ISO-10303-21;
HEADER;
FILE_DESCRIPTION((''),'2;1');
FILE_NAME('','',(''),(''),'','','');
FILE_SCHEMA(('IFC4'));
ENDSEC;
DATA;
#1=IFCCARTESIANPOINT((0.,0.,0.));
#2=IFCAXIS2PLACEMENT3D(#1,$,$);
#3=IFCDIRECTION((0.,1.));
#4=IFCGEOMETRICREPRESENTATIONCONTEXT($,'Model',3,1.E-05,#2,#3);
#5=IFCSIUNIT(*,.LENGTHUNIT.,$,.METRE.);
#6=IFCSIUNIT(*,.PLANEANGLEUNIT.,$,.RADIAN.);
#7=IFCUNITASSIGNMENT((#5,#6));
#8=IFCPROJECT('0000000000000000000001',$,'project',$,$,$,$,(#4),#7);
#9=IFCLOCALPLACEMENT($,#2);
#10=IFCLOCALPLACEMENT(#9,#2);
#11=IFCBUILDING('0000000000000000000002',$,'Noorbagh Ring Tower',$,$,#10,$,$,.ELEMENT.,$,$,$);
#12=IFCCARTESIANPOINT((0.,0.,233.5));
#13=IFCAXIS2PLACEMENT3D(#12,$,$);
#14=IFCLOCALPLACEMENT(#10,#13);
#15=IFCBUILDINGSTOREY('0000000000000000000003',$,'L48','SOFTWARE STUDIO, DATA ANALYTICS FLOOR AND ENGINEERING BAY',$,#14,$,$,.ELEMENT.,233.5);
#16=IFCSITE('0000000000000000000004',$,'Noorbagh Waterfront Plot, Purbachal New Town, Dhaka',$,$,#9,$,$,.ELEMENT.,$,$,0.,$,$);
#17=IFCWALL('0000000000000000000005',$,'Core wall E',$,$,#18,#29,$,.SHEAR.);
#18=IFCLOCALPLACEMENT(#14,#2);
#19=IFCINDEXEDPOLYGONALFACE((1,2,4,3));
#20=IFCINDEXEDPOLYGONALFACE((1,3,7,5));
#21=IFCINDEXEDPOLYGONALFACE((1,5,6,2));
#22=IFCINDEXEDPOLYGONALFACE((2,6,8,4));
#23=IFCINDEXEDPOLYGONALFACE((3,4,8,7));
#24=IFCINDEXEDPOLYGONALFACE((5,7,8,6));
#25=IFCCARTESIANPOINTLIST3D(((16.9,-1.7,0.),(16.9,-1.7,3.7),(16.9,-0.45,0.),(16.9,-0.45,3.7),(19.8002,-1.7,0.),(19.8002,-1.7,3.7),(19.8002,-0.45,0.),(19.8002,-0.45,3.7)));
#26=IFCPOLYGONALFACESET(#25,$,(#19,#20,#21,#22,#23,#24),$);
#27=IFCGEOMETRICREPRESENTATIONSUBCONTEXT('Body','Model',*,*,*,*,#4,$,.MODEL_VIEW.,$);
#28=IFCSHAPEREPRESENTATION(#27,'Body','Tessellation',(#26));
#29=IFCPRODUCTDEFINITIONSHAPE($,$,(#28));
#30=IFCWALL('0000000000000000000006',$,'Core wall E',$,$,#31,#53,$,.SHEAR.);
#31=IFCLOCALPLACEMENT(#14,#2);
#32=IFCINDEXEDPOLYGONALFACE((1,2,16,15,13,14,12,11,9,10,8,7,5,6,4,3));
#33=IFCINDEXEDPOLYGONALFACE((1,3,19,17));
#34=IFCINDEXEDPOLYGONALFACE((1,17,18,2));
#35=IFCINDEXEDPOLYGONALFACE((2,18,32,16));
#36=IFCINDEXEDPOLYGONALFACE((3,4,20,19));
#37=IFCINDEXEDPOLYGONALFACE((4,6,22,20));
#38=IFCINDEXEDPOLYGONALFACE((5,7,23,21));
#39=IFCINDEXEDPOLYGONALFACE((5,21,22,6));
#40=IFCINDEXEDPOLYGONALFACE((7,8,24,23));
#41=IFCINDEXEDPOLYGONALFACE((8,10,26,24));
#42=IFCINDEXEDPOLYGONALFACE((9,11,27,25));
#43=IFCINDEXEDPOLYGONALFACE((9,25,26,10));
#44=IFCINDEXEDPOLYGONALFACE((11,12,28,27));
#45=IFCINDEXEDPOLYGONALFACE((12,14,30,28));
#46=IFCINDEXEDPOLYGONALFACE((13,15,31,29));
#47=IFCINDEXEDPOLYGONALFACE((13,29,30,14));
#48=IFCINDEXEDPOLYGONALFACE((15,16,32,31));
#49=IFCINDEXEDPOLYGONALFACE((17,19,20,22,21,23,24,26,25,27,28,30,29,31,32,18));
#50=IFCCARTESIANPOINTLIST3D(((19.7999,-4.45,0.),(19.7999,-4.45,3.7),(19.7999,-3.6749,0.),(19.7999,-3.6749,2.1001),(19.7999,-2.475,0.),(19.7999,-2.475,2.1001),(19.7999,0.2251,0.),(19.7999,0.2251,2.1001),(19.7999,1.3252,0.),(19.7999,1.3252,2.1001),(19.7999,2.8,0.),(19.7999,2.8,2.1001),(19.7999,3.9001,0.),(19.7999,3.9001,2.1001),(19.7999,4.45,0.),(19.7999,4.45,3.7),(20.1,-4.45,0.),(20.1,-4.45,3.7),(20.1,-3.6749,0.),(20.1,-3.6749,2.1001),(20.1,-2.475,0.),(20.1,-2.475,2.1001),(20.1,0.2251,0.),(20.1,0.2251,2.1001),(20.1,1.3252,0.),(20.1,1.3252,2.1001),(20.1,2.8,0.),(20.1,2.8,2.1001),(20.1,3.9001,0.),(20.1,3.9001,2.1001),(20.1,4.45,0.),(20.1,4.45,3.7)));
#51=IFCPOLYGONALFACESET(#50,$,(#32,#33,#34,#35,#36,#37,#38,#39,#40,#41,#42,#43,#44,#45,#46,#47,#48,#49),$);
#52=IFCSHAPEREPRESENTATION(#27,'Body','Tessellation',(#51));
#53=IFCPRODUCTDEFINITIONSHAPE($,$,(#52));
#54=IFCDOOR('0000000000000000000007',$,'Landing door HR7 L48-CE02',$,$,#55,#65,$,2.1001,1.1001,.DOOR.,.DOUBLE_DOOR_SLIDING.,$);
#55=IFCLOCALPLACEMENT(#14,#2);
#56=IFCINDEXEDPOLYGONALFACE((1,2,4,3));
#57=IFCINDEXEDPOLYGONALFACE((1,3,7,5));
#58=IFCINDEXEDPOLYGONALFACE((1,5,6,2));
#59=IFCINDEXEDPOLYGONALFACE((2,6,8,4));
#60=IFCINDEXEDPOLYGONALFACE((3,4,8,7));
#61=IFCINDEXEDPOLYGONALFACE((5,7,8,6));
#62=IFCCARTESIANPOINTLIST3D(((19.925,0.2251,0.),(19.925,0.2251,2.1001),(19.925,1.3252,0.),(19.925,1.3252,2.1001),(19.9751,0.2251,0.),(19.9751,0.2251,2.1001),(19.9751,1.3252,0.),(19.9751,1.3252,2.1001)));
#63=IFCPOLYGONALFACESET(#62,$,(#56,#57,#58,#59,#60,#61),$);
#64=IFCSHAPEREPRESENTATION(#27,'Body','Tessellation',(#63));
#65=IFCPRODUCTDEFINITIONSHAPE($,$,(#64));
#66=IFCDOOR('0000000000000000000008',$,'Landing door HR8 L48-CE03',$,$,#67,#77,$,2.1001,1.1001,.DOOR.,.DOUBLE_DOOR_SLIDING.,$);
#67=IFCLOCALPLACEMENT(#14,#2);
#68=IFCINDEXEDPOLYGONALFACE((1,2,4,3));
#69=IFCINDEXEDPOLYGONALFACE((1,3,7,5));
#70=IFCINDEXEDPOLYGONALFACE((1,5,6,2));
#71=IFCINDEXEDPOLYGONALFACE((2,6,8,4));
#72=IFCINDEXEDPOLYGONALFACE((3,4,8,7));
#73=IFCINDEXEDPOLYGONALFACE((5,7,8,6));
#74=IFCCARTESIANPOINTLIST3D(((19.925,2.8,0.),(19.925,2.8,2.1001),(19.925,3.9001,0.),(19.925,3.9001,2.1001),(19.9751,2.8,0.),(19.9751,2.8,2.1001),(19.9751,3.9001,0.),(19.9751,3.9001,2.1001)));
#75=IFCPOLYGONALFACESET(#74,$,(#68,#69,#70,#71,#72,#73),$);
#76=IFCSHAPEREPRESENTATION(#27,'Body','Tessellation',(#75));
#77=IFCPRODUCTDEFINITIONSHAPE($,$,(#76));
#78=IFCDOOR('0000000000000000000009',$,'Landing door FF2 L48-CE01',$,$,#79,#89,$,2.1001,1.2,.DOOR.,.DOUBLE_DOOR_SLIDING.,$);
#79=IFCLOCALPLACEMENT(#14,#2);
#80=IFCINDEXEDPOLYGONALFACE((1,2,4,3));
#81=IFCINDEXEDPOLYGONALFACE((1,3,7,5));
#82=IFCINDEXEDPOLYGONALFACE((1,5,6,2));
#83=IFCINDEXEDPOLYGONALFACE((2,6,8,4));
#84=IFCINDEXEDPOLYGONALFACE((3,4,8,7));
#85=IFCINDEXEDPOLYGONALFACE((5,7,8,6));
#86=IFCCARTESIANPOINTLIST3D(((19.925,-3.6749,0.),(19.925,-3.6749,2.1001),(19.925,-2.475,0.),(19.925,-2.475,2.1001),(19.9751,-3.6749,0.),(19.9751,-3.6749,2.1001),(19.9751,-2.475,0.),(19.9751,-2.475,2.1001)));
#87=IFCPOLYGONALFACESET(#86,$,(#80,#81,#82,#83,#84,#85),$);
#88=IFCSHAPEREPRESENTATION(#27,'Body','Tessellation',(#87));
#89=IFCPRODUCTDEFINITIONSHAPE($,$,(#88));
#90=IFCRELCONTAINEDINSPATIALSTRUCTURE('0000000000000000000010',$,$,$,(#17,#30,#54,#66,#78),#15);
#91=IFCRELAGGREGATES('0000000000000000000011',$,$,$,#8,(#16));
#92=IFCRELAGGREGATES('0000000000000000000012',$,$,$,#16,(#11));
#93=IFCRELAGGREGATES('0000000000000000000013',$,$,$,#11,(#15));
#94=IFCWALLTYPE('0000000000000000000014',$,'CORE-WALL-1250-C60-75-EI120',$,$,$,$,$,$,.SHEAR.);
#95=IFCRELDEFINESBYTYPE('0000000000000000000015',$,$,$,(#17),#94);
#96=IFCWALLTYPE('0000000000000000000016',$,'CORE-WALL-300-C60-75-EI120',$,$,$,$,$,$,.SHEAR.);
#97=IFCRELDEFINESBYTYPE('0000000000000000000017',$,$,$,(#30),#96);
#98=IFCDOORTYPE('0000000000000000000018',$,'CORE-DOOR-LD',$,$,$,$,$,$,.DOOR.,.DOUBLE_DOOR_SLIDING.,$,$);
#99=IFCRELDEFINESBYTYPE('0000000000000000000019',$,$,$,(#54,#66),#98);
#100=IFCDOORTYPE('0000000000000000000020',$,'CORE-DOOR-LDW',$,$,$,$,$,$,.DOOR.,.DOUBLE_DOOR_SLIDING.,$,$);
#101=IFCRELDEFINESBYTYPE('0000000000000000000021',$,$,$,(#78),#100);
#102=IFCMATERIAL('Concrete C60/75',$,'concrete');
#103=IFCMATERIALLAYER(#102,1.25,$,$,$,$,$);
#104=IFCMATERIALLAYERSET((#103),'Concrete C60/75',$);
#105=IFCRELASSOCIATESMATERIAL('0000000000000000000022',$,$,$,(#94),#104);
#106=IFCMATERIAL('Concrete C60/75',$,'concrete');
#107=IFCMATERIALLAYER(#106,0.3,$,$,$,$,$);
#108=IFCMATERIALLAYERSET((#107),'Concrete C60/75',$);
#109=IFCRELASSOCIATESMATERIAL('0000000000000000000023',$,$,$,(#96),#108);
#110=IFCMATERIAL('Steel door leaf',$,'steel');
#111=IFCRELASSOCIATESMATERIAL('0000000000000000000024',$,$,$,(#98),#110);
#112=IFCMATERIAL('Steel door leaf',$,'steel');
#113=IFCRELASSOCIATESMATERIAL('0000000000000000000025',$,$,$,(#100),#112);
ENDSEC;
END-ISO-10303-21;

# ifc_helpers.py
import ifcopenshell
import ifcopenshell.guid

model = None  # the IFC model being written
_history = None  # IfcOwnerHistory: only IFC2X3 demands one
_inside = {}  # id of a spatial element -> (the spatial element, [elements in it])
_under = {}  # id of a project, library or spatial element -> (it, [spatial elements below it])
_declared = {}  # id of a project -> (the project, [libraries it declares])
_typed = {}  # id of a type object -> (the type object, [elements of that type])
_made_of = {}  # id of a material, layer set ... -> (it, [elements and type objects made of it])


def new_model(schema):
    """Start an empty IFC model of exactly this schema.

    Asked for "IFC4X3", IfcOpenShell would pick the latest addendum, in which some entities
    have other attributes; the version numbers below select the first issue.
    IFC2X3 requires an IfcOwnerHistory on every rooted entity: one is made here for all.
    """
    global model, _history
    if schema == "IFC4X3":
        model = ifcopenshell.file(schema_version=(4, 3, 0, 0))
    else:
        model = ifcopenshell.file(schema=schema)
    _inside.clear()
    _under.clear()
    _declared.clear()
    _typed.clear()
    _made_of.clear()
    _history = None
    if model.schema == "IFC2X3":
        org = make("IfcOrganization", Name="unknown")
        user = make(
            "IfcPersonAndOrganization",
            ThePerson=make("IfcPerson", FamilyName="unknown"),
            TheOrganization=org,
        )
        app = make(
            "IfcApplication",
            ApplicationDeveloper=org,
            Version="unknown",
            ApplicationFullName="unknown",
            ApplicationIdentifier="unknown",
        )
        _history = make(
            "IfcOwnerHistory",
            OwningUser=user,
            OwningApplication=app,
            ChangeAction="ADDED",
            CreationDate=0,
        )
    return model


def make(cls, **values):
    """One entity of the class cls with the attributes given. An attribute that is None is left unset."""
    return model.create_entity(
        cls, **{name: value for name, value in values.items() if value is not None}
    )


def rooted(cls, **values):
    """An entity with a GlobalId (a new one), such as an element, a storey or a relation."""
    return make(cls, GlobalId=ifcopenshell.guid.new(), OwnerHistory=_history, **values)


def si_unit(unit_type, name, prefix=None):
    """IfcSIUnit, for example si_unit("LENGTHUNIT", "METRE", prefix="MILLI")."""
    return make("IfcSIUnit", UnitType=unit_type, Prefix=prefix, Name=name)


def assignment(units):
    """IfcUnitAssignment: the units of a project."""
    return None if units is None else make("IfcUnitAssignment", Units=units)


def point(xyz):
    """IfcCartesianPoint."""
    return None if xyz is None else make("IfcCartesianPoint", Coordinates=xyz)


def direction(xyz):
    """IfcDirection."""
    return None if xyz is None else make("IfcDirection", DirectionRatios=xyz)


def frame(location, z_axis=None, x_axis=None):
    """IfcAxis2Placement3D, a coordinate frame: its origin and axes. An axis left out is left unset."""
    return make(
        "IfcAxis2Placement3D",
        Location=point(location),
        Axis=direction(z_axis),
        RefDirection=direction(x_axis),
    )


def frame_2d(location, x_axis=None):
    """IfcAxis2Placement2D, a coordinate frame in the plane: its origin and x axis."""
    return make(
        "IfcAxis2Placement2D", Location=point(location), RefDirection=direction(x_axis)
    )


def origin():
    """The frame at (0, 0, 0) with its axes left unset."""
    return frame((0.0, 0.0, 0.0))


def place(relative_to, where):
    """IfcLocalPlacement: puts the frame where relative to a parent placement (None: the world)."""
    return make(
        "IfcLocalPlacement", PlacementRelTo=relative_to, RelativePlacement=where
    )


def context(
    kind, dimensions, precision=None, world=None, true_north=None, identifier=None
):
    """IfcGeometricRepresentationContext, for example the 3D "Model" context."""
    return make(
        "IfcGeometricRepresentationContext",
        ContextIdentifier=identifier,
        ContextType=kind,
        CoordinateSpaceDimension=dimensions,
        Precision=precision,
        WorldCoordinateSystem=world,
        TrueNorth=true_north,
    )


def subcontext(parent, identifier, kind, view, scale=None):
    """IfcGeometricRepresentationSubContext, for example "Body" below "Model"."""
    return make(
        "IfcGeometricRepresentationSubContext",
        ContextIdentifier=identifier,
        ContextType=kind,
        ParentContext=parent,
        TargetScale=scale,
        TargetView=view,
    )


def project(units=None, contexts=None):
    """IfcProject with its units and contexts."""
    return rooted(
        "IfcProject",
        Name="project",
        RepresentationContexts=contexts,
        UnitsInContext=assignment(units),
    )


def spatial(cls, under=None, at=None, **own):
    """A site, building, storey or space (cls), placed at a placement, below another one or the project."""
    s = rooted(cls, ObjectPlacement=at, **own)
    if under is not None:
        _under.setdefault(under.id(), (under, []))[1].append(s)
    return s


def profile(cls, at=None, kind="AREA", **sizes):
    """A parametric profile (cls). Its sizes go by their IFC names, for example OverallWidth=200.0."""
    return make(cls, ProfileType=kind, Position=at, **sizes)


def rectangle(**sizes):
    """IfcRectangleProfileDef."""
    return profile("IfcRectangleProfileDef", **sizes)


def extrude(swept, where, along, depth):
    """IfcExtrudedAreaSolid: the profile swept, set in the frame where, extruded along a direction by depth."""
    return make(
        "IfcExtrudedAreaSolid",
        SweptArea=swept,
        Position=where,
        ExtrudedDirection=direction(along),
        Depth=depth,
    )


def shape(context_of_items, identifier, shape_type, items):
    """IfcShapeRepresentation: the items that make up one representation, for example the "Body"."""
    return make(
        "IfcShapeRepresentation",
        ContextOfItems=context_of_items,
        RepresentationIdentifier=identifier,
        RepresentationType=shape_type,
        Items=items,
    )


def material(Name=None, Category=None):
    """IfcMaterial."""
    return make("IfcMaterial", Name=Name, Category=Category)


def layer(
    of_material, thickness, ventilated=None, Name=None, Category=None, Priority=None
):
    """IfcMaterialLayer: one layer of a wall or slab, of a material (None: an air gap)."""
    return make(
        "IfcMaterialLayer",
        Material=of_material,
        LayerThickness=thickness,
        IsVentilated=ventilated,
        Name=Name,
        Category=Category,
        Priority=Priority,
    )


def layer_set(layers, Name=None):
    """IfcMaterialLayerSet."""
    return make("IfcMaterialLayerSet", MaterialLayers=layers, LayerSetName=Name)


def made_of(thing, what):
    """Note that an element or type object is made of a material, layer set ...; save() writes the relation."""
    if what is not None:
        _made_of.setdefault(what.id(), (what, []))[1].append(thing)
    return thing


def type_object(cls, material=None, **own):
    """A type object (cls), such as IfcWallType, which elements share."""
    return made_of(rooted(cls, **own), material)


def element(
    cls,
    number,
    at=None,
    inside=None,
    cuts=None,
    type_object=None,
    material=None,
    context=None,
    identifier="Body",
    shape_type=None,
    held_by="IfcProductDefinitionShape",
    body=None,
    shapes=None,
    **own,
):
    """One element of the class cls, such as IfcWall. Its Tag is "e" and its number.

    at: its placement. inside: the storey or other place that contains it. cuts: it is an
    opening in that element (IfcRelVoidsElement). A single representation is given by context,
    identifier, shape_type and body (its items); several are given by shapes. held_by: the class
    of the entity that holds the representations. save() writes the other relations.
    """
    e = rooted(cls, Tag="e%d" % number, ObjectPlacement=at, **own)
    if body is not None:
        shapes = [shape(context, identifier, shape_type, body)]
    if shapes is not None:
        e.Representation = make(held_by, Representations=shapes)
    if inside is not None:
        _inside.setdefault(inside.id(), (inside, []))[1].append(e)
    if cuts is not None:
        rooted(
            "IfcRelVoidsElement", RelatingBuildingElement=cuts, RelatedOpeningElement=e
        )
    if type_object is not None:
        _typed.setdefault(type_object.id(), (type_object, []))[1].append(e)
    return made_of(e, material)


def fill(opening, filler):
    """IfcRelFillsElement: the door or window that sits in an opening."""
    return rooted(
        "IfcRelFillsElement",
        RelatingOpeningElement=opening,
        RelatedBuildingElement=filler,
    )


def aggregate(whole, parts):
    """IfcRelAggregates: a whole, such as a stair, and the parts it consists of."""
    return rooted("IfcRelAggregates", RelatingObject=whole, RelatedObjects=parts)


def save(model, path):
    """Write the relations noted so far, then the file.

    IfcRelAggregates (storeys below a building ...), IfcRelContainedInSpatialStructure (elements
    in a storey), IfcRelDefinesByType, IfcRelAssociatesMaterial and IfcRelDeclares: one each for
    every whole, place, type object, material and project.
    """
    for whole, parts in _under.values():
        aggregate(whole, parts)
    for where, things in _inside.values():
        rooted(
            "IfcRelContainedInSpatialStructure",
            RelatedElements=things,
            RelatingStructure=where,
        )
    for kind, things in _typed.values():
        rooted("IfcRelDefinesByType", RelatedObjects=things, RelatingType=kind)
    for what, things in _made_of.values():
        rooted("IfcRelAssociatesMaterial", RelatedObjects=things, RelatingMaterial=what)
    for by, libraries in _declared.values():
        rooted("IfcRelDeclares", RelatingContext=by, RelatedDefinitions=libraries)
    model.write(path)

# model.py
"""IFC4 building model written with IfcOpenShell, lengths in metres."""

from ifc_helpers import new_model, si_unit, direction, frame, frame_2d, origin, place, context, subcontext, project, spatial, rectangle, extrude, material, layer, layer_set, type_object, element, fill, save


model = new_model("IFC4")

# Units and contexts
model_context = context("Model", 3, precision=1e-05, world=origin(), true_north=direction((0.0, 1.0)))
body_context = subcontext(model_context, "Body", "Model", "MODEL_VIEW")
ifc_project = project(units=[si_unit("LENGTHUNIT", "METRE"), si_unit("PLANEANGLEUNIT", "RADIAN")], contexts=[model_context])

# Site, building, storey
site_placement = place(None, origin())
site = spatial("IfcSite", under=ifc_project, at=site_placement, Name="Noorbagh Waterfront Plot, Purbachal New Town, Dhaka", CompositionType="ELEMENT", RefElevation=0.0)
building_placement = place(site_placement, origin())
building = spatial("IfcBuilding", under=site, at=building_placement, Name="Noorbagh Ring Tower", CompositionType="ELEMENT")
storey_placement = place(building_placement, frame((0.0, 0.0, 233.5)))
storey = spatial("IfcBuildingStorey", under=building, at=storey_placement, Name="L48", Description="SOFTWARE STUDIO, DATA ANALYTICS FLOOR AND ENGINEERING BAY", CompositionType="ELEMENT", Elevation=233.5)

# Wall
ifc_material_1 = material(Name="Concrete C60/75", Category="concrete")
ifc_layer_1 = layer(ifc_material_1, 1.25)
ifc_layer_set_1 = layer_set([ifc_layer_1], Name="Concrete C60/75")
wall_type_1 = type_object("IfcWallType", Name="CORE-WALL-1250-C60-75-EI120", PredefinedType="SHEAR", material=ifc_layer_set_1)
wall_1_placement = place(storey_placement, frame((16.8999, -1.075, 0.0), z_axis=(0.0, 0.0, 1.0), x_axis=(1.0, 0.0, 0.0)))
element("IfcWall", 1, at=wall_1_placement, inside=storey, type_object=wall_type_1, Name="Core wall E", PredefinedType="SHEAR", context=body_context, shape_type="SweptSolid", body=[
    extrude(rectangle(XDim=2.9001, YDim=1.25, at=frame_2d((1.4502, 0.0))), origin(), (0.0, 0.0, 1.0), 3.7),
])

# Wall, openings, doors
ifc_material_2 = material(Name="Concrete C60/75", Category="concrete")
ifc_layer_2 = layer(ifc_material_2, 0.3)
ifc_layer_set_2 = layer_set([ifc_layer_2], Name="Concrete C60/75")
wall_type_2 = type_object("IfcWallType", Name="CORE-WALL-300-C60-75-EI120", PredefinedType="SHEAR", material=ifc_layer_set_2)
wall_2_placement = place(storey_placement, frame((19.95, -4.45, 0.0), z_axis=(0.0, 0.0, 1.0), x_axis=(0.0, 1.0, 0.0)))
wall_2 = element("IfcWall", 2, at=wall_2_placement, inside=storey, type_object=wall_type_2, Name="Core wall E", PredefinedType="SHEAR", context=body_context, shape_type="SweptSolid", body=[
    extrude(rectangle(XDim=8.8999, YDim=0.3, at=frame_2d((4.45, 0.0))), origin(), (0.0, 0.0, 1.0), 3.7),
])
opening_1_placement = place(wall_2_placement, frame((0.7749, 0.0, 0.0)))
opening_1 = element("IfcOpeningElement", 3, at=opening_1_placement, cuts=wall_2, PredefinedType="OPENING", context=body_context, shape_type="SweptSolid", body=[
    extrude(rectangle(XDim=1.2, YDim=2.1001, at=frame_2d((0.6001, 1.05))), frame((0.0, 0.1602, 0.0), z_axis=(0.0, -1.0, 0.0), x_axis=(1.0, 0.0, 0.0)), (0.0, 0.0, 1.0), 0.3201),
])
opening_2_placement = place(wall_2_placement, frame((4.675, 0.0, 0.0)))
opening_2 = element("IfcOpeningElement", 4, at=opening_2_placement, cuts=wall_2, PredefinedType="OPENING", context=body_context, shape_type="SweptSolid", body=[
    extrude(rectangle(XDim=1.1001, YDim=2.1001, at=frame_2d((0.55, 1.05))), frame((0.0, 0.1602, 0.0), z_axis=(0.0, -1.0, 0.0), x_axis=(1.0, 0.0, 0.0)), (0.0, 0.0, 1.0), 0.3201),
])
opening_3_placement = place(wall_2_placement, frame((7.25, 0.0, 0.0)))
opening_3 = element("IfcOpeningElement", 5, at=opening_3_placement, cuts=wall_2, PredefinedType="OPENING", context=body_context, shape_type="SweptSolid", body=[
    extrude(rectangle(XDim=1.1001, YDim=2.1001, at=frame_2d((0.55, 1.05))), frame((0.0, 0.1602, 0.0), z_axis=(0.0, -1.0, 0.0), x_axis=(1.0, 0.0, 0.0)), (0.0, 0.0, 1.0), 0.3201),
])
ifc_material_3 = material(Name="Steel door leaf", Category="steel")
door_type_1 = type_object("IfcDoorType", Name="CORE-DOOR-LD", OperationType="DOUBLE_DOOR_SLIDING", PredefinedType="DOOR", material=ifc_material_3)
door_1_placement = place(opening_2_placement, origin())
door_1 = element("IfcDoor", 6, at=door_1_placement, inside=storey, type_object=door_type_1, Name="Landing door HR7 L48-CE02", OperationType="DOUBLE_DOOR_SLIDING", OverallHeight=2.1001, OverallWidth=1.1001, PredefinedType="DOOR", context=body_context, shape_type="SweptSolid", body=[
    extrude(rectangle(XDim=1.1001, YDim=2.1001, at=frame_2d((0.55, 1.05))), frame((0.0, 0.0249, 0.0), z_axis=(0.0, -1.0, 0.0), x_axis=(1.0, 0.0, 0.0)), (0.0, 0.0, 1.0), 0.05),
])
fill(opening_2, door_1)
door_2_placement = place(opening_3_placement, origin())
door_2 = element("IfcDoor", 7, at=door_2_placement, inside=storey, type_object=door_type_1, Name="Landing door HR8 L48-CE03", OperationType="DOUBLE_DOOR_SLIDING", OverallHeight=2.1001, OverallWidth=1.1001, PredefinedType="DOOR", context=body_context, shape_type="SweptSolid", body=[
    extrude(rectangle(XDim=1.1001, YDim=2.1001, at=frame_2d((0.55, 1.05))), frame((0.0, 0.0249, 0.0), z_axis=(0.0, -1.0, 0.0), x_axis=(1.0, 0.0, 0.0)), (0.0, 0.0, 1.0), 0.05),
])
fill(opening_3, door_2)
ifc_material_4 = material(Name="Steel door leaf", Category="steel")
door_type_2 = type_object("IfcDoorType", Name="CORE-DOOR-LDW", OperationType="DOUBLE_DOOR_SLIDING", PredefinedType="DOOR", material=ifc_material_4)
door_3_placement = place(opening_1_placement, origin())
door_3 = element("IfcDoor", 8, at=door_3_placement, inside=storey, type_object=door_type_2, Name="Landing door FF2 L48-CE01", OperationType="DOUBLE_DOOR_SLIDING", OverallHeight=2.1001, OverallWidth=1.2, PredefinedType="DOOR", context=body_context, shape_type="SweptSolid", body=[
    extrude(rectangle(XDim=1.2, YDim=2.1001, at=frame_2d((0.6001, 1.05))), frame((0.0, 0.0249, 0.0), z_axis=(0.0, -1.0, 0.0), x_axis=(1.0, 0.0, 0.0)), (0.0, 0.0, 1.0), 0.05),
])
fill(opening_1, door_3)

save(model, "model.ifc")
